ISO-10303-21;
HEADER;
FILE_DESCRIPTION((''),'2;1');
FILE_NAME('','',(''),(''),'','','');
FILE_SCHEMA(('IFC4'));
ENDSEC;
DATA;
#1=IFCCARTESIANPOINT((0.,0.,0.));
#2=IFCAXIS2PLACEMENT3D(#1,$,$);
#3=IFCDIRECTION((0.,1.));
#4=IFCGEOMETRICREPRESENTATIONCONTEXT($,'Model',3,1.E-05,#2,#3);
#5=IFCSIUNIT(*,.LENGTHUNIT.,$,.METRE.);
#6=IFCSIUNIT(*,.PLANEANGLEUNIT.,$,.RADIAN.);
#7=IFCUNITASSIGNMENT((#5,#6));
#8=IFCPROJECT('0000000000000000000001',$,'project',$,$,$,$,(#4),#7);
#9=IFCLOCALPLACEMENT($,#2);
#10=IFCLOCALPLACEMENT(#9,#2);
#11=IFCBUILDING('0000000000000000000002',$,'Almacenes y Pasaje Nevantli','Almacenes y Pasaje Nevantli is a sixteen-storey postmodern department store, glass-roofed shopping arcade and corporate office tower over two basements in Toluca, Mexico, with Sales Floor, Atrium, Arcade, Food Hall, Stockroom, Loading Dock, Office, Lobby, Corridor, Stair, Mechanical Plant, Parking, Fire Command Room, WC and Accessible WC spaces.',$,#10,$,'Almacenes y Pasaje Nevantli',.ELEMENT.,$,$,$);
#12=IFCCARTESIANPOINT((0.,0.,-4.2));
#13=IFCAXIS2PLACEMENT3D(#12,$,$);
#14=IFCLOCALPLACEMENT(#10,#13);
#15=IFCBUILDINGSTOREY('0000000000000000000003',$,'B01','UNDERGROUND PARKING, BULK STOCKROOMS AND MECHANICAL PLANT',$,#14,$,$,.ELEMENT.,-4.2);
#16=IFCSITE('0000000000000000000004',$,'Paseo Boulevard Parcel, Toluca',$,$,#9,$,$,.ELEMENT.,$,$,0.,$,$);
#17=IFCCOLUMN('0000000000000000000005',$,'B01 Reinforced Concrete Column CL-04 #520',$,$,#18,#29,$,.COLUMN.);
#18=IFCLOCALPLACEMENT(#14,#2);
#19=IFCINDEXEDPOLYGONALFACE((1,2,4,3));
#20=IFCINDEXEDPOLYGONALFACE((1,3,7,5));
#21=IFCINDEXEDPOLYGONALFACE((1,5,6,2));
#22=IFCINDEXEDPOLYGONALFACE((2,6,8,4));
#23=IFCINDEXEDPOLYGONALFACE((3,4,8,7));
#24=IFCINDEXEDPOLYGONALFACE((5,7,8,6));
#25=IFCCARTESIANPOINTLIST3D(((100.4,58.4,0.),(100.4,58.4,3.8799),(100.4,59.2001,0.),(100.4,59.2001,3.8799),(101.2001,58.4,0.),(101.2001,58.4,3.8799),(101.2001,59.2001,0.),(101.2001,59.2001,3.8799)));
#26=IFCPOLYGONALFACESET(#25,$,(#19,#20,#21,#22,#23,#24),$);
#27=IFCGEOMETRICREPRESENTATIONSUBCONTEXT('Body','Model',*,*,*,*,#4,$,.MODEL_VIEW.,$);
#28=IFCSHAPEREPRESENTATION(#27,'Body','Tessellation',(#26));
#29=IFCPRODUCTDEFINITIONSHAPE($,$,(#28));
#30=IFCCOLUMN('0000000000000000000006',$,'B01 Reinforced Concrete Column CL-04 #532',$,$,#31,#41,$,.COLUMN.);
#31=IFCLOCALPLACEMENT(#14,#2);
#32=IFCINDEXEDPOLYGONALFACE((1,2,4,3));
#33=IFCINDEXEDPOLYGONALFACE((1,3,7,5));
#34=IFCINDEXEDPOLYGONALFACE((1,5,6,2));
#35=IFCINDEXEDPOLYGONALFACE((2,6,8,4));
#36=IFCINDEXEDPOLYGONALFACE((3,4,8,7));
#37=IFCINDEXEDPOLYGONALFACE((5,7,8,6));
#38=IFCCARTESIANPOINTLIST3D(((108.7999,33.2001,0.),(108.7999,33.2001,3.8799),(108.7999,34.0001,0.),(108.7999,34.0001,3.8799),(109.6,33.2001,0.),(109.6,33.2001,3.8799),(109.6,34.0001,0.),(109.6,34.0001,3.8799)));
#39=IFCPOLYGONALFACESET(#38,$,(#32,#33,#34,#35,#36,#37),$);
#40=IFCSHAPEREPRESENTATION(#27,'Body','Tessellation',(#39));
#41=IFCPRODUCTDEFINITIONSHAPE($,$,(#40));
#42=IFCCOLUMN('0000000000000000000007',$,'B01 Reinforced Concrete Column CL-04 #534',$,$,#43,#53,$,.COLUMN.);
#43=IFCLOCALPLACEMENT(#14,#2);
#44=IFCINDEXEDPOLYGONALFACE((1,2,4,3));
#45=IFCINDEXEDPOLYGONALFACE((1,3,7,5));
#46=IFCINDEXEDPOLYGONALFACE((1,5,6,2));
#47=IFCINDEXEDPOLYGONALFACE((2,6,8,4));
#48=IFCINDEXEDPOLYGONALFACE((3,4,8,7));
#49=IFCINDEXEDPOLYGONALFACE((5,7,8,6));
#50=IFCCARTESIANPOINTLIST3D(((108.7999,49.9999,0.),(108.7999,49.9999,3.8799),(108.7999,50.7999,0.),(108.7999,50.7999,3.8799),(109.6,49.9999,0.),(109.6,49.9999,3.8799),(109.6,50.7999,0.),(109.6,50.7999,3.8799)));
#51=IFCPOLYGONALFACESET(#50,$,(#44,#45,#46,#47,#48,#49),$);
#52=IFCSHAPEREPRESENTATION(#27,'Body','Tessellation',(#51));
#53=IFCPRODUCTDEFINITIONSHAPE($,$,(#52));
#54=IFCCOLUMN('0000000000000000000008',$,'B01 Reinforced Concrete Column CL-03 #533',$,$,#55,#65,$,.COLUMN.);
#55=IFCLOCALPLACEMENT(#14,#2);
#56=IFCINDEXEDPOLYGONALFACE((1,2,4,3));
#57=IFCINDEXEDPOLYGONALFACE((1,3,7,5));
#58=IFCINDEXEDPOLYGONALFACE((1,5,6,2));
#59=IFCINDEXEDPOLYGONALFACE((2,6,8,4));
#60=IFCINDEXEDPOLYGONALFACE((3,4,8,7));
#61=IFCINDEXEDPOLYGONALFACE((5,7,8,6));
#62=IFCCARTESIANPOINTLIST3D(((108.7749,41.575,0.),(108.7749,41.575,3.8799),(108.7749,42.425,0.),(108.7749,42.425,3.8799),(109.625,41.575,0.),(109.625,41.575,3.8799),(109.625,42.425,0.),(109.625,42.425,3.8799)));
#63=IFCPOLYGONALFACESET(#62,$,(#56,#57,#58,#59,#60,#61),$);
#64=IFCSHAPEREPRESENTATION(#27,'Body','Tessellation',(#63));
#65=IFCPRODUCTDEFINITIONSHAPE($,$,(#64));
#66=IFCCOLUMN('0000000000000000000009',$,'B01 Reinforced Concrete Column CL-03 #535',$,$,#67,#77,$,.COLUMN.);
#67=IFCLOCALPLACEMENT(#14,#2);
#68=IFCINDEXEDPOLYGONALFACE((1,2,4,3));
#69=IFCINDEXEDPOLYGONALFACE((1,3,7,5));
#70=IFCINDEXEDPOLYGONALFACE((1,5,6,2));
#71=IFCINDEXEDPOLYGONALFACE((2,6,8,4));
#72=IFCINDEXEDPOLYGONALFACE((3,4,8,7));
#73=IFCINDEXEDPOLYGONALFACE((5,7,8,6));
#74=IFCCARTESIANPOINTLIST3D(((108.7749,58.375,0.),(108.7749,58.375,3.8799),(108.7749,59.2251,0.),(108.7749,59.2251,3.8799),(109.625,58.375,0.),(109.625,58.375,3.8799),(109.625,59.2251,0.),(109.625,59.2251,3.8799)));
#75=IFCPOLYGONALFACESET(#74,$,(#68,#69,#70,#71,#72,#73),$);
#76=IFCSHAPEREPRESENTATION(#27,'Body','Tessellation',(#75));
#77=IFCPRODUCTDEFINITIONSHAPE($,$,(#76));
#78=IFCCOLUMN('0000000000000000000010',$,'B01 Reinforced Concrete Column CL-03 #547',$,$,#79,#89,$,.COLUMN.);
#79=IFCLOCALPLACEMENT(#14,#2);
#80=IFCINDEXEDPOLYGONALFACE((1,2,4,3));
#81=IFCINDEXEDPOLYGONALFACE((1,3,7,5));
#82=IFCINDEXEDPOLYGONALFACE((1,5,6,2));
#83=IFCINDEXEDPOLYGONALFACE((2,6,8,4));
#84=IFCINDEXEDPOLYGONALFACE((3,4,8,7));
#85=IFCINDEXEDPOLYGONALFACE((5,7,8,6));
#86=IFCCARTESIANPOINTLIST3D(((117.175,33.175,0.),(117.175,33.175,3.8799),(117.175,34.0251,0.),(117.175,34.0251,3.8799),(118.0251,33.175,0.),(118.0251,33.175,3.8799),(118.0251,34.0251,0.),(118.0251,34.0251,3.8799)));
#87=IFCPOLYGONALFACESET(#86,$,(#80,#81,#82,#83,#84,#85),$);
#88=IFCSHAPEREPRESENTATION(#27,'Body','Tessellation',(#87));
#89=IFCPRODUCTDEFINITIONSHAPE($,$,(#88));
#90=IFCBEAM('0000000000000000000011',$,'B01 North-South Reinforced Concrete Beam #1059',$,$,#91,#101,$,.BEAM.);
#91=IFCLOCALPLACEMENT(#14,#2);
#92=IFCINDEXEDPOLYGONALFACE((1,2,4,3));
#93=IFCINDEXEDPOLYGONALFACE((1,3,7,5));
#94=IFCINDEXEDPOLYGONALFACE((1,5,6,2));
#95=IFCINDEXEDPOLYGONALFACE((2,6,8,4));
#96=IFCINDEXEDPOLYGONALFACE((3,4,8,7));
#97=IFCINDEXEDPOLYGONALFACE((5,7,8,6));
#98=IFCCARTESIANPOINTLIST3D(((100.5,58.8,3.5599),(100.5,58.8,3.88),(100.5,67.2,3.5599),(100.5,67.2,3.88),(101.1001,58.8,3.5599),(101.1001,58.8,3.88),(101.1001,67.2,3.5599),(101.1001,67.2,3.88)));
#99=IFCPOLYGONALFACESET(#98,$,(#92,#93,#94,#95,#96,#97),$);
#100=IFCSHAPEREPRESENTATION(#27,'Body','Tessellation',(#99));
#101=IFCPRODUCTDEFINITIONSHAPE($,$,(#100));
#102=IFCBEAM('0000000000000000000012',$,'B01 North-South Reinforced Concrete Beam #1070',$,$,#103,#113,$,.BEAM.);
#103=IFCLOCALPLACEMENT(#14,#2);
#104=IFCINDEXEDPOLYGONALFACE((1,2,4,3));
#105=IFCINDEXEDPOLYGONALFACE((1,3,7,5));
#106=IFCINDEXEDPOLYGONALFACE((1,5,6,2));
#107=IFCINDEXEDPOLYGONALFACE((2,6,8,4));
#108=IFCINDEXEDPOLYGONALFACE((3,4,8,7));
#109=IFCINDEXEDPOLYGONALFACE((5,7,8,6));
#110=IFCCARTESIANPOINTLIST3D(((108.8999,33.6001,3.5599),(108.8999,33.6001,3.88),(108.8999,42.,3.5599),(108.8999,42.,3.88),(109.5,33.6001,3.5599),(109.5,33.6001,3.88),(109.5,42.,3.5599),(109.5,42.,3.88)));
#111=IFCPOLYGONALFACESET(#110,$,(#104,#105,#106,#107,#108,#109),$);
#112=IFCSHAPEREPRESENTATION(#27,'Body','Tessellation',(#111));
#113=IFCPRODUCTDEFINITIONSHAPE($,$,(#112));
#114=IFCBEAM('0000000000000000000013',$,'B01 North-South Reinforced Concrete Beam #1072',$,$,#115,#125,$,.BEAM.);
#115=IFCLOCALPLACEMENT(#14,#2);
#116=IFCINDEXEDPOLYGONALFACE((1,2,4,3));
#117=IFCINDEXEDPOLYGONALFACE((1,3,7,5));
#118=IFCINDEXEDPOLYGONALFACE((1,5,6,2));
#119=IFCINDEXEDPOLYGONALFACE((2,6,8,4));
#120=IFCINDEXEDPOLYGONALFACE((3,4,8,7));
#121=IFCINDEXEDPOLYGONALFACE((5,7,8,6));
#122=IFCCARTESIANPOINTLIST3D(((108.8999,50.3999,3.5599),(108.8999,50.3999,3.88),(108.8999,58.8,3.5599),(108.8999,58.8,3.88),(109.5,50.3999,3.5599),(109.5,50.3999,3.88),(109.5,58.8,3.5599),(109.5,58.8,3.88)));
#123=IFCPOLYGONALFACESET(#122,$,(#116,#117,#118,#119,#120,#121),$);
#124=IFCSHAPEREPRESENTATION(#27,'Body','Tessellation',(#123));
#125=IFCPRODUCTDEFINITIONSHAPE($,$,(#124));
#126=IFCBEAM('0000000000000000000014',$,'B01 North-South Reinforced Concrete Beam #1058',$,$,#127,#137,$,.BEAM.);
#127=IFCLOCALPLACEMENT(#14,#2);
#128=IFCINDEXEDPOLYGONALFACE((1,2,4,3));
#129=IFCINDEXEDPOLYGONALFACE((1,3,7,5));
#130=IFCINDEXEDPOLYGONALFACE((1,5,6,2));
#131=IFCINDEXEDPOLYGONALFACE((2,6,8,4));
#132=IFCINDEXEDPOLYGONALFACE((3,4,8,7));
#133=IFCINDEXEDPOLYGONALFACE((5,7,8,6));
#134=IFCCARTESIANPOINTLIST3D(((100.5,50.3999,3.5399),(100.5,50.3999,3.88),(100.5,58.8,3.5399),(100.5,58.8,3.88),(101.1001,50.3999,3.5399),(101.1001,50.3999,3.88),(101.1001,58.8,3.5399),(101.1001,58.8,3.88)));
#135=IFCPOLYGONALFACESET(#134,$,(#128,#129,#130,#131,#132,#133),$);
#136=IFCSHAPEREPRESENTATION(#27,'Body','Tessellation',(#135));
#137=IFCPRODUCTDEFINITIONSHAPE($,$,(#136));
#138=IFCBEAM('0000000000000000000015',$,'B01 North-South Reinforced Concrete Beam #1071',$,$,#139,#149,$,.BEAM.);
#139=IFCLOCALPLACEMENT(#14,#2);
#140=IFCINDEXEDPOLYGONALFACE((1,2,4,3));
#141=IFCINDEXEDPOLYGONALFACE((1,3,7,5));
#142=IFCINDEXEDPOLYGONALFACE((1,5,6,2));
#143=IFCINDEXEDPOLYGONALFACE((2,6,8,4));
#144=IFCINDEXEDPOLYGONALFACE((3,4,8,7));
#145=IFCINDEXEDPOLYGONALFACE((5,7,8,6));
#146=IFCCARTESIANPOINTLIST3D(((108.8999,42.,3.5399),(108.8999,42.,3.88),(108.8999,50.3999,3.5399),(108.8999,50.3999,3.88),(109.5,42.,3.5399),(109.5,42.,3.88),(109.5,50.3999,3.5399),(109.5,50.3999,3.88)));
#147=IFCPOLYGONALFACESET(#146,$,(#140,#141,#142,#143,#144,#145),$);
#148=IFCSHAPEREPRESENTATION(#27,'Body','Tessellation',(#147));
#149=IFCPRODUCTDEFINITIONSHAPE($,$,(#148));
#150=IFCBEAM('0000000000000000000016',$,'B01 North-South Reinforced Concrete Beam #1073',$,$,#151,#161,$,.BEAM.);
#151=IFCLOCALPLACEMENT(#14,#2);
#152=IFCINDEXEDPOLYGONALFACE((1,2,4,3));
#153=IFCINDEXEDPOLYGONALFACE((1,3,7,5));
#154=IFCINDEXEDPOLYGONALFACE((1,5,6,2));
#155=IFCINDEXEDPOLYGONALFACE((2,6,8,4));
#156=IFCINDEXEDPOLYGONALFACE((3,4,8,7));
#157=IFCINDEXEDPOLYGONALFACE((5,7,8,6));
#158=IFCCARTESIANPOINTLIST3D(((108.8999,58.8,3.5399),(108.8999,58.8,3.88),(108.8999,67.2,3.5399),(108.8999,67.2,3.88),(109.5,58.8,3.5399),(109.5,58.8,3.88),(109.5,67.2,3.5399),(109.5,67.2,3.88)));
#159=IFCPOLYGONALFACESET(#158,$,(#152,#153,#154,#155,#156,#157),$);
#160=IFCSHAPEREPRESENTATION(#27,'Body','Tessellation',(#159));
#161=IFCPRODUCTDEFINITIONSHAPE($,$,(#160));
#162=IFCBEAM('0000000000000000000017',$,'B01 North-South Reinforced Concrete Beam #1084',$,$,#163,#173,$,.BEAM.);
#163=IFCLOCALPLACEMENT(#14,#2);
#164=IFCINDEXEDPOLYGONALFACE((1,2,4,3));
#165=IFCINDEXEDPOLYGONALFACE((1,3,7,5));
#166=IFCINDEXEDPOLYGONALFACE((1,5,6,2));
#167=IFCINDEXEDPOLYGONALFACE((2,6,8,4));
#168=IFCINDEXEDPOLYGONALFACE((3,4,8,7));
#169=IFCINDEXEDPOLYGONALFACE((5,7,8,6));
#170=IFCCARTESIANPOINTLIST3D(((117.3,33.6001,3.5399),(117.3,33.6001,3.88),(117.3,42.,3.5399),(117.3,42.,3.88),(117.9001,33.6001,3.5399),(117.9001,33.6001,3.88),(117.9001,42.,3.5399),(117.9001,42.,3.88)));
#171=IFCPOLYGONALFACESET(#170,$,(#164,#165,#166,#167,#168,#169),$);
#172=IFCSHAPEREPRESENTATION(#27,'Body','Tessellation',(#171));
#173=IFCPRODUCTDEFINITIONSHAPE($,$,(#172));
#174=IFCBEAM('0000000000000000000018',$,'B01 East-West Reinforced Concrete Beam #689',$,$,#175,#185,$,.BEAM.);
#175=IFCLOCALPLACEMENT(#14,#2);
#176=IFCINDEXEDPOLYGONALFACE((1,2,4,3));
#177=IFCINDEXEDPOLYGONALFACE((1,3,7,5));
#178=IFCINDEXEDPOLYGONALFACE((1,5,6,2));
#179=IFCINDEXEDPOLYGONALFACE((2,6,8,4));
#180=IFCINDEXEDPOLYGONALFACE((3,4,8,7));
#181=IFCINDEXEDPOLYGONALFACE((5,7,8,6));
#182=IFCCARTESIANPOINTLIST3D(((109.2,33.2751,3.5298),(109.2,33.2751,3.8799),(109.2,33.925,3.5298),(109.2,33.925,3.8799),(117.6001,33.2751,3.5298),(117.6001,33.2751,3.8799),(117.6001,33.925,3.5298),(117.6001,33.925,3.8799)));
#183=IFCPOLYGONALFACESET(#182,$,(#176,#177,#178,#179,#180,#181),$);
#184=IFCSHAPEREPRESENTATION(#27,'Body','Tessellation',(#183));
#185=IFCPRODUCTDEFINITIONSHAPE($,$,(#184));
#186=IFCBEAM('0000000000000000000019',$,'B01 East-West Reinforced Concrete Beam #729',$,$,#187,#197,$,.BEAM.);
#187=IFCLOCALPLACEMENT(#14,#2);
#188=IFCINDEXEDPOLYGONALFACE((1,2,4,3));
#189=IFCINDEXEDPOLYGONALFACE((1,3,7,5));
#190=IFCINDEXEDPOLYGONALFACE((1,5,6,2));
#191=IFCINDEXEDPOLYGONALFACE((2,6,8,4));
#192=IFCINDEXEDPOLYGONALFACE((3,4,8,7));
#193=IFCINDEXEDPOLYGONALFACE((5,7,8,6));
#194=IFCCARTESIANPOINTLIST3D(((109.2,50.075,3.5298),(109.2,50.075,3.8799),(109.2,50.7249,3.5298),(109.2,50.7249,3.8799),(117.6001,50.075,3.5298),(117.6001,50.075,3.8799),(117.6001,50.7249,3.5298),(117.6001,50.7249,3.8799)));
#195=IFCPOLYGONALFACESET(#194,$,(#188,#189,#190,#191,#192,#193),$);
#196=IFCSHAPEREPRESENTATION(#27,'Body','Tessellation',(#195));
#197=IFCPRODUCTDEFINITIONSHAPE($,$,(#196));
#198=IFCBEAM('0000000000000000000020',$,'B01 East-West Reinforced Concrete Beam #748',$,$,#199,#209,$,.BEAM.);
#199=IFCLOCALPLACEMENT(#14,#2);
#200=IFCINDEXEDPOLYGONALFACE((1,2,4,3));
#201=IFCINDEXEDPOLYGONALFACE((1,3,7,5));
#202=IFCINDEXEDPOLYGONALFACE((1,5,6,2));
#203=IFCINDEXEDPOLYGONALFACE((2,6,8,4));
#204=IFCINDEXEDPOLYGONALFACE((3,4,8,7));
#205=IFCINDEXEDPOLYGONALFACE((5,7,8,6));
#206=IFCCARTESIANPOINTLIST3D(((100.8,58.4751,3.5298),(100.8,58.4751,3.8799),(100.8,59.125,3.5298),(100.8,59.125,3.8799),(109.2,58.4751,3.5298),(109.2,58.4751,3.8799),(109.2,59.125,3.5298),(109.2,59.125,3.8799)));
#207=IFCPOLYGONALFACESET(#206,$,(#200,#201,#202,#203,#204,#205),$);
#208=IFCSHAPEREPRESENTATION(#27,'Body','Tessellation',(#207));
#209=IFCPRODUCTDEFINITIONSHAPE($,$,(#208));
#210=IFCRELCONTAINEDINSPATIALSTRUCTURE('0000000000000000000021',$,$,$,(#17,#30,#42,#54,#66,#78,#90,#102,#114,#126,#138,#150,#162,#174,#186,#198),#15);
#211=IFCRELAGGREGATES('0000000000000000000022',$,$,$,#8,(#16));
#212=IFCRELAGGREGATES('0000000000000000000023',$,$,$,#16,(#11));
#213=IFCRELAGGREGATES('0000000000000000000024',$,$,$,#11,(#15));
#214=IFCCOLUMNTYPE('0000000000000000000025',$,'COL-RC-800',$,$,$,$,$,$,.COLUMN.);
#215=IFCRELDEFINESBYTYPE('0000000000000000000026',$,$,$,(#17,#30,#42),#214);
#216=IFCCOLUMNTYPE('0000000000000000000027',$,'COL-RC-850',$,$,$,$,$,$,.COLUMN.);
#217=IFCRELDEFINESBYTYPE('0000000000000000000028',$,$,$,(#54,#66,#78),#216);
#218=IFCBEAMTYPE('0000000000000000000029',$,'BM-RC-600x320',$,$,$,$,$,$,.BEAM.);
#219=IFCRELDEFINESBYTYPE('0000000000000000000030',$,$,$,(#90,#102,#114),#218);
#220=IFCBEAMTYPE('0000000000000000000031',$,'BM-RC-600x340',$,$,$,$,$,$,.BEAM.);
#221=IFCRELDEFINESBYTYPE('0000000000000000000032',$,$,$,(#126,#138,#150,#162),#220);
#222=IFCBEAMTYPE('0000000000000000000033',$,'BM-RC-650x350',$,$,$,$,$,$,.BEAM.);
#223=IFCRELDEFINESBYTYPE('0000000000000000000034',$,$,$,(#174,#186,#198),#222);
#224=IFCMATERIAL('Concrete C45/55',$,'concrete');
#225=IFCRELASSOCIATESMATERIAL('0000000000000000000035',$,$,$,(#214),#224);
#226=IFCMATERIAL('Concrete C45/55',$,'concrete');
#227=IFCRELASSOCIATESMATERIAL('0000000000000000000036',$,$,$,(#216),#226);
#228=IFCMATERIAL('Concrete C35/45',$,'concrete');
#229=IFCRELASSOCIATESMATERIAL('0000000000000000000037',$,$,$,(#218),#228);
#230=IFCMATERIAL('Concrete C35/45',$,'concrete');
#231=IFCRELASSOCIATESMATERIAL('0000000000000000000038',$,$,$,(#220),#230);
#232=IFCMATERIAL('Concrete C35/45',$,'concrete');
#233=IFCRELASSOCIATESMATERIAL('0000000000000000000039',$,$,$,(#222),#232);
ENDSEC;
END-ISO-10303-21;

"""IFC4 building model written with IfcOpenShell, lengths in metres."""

from ifc_helpers import new_model, si_unit, direction, frame, origin, origin_2d, place, context, subcontext, project, spatial, rectangle, extrude, material, material_profile, profile_set, type_object, element, save


model = new_model("IFC4")

# Units and contexts
model_context = context("Model", 3, precision=1e-05, world=origin(), true_north=direction((0.0, 1.0)))
body_context = subcontext(model_context, "Body", "Model", "MODEL_VIEW")
ifc_project = project(units=[si_unit("LENGTHUNIT", "METRE"), si_unit("PLANEANGLEUNIT", "RADIAN")], contexts=[model_context])

# Site, building, storey
site_placement = place(None, origin())
site = spatial("IfcSite", under=ifc_project, at=site_placement, Name="Paseo Boulevard Parcel, Toluca", CompositionType="ELEMENT", RefElevation=0.0)
building_placement = place(site_placement, origin())
building = spatial("IfcBuilding", under=site, at=building_placement, Name="Almacenes y Pasaje Nevantli", Description="Almacenes y Pasaje Nevantli is a sixteen-storey postmodern department store, glass-roofed shopping arcade and corporate office tower over two basements in Toluca, Mexico, with Sales Floor, Atrium, Arcade, Food Hall, Stockroom, Loading Dock, Office, Lobby, Corridor, Stair, Mechanical Plant, Parking, Fire Command Room, WC and Accessible WC spaces.", LongName="Almacenes y Pasaje Nevantli", CompositionType="ELEMENT")
storey_placement = place(building_placement, frame((0.0, 0.0, -4.2)))
storey = spatial("IfcBuildingStorey", under=building, at=storey_placement, Name="B01", Description="UNDERGROUND PARKING, BULK STOCKROOMS AND MECHANICAL PLANT", CompositionType="ELEMENT", Elevation=-4.2)

# Columns
ifc_material_1 = material(Name="Concrete C45/55", Category="concrete")
ifc_material_profile_1 = material_profile(ifc_material_1, rectangle(XDim=0.8, YDim=0.8, at=origin_2d()), Name="RC-COL-800x800")
ifc_profile_set_1 = profile_set([ifc_material_profile_1], Name="Concrete C45/55")
column_type_1 = type_object("IfcColumnType", Name="COL-RC-800", PredefinedType="COLUMN", material=ifc_profile_set_1)
for number, where, z_axis, x_axis, name in (
    (1, (100.8, 58.8, 0.0), (0.0, 0.0, 1.0), (1.0, 0.0, 0.0), "B01 Reinforced Concrete Column CL-04 #520"),
    (2, (109.2, 33.6001, 0.0), (0.0, 0.0, 1.0), (1.0, 0.0, 0.0), "B01 Reinforced Concrete Column CL-04 #532"),
    (3, (109.2, 50.3999, 0.0), (0.0, 0.0, 1.0), (1.0, 0.0, 0.0), "B01 Reinforced Concrete Column CL-04 #534"),
):
    element("IfcColumn", number, at=place(storey_placement, frame(where, z_axis=z_axis, x_axis=x_axis)), inside=storey, type_object=column_type_1, Name=name, PredefinedType="COLUMN", context=body_context, shape_type="SweptSolid", body=[
        extrude(rectangle(XDim=0.8, YDim=0.8, at=origin_2d()), origin(), (0.0, 0.0, 1.0), 3.8799),
    ])
ifc_material_2 = material(Name="Concrete C45/55", Category="concrete")
ifc_material_profile_2 = material_profile(ifc_material_2, rectangle(XDim=0.8501, YDim=0.8501, at=origin_2d()), Name="RC-COL-850x850")
ifc_profile_set_2 = profile_set([ifc_material_profile_2], Name="Concrete C45/55")
column_type_2 = type_object("IfcColumnType", Name="COL-RC-850", PredefinedType="COLUMN", material=ifc_profile_set_2)
for number, where, z_axis, x_axis, name in (
    (4, (109.2, 42.0, 0.0), (0.0, 0.0, 1.0), (1.0, 0.0, 0.0), "B01 Reinforced Concrete Column CL-03 #533"),
    (5, (109.2, 58.8, 0.0), (0.0, 0.0, 1.0), (1.0, 0.0, 0.0), "B01 Reinforced Concrete Column CL-03 #535"),
    (6, (117.6001, 33.6001, 0.0), (0.0, 0.0, 1.0), (1.0, 0.0, 0.0), "B01 Reinforced Concrete Column CL-03 #547"),
):
    element("IfcColumn", number, at=place(storey_placement, frame(where, z_axis=z_axis, x_axis=x_axis)), inside=storey, type_object=column_type_2, Name=name, PredefinedType="COLUMN", context=body_context, shape_type="SweptSolid", body=[
        extrude(rectangle(XDim=0.8501, YDim=0.8501, at=origin_2d()), origin(), (0.0, 0.0, 1.0), 3.8799),
    ])

# Beams
ifc_material_3 = material(Name="Concrete C35/45", Category="concrete")
ifc_material_profile_3 = material_profile(ifc_material_3, rectangle(XDim=0.6001, YDim=0.3201, at=origin_2d()), Name="RC-BM-600x320")
ifc_profile_set_3 = profile_set([ifc_material_profile_3], Name="Concrete C35/45")
beam_type_1 = type_object("IfcBeamType", Name="BM-RC-600x320", PredefinedType="BEAM", material=ifc_profile_set_3)
for number, where, z_axis, x_axis, name in (
    (7, (100.8, 58.8, 3.72), (0.0, 1.0, 0.0), (-1.0, 0.0, 0.0), "B01 North-South Reinforced Concrete Beam #1059"),
    (8, (109.2, 33.6001, 3.72), (0.0, 1.0, 0.0), (-1.0, 0.0, 0.0), "B01 North-South Reinforced Concrete Beam #1070"),
):
    element("IfcBeam", number, at=place(storey_placement, frame(where, z_axis=z_axis, x_axis=x_axis)), inside=storey, type_object=beam_type_1, Name=name, PredefinedType="BEAM", context=body_context, shape_type="SweptSolid", body=[
        extrude(rectangle(XDim=0.6001, YDim=0.3201, at=origin_2d()), origin(), (0.0, 0.0, 1.0), 8.3999),
    ])
beam_1_placement = place(storey_placement, frame((109.2, 50.3999, 3.72), z_axis=(0.0, 1.0, 0.0), x_axis=(-1.0, 0.0, 0.0)))
element("IfcBeam", 9, at=beam_1_placement, inside=storey, type_object=beam_type_1, Name="B01 North-South Reinforced Concrete Beam #1072", PredefinedType="BEAM", context=body_context, shape_type="SweptSolid", body=[
    extrude(rectangle(XDim=0.6001, YDim=0.3201, at=origin_2d()), origin(), (0.0, 0.0, 1.0), 8.4001),
])
ifc_material_4 = material(Name="Concrete C35/45", Category="concrete")
ifc_material_profile_4 = material_profile(ifc_material_4, rectangle(XDim=0.6001, YDim=0.3401, at=origin_2d()), Name="RC-BM-600x340")
ifc_profile_set_4 = profile_set([ifc_material_profile_4], Name="Concrete C35/45")
beam_type_2 = type_object("IfcBeamType", Name="BM-RC-600x340", PredefinedType="BEAM", material=ifc_profile_set_4)
beam_2_placement = place(storey_placement, frame((100.8, 50.3999, 3.71), z_axis=(0.0, 1.0, 0.0), x_axis=(-1.0, 0.0, 0.0)))
element("IfcBeam", 10, at=beam_2_placement, inside=storey, type_object=beam_type_2, Name="B01 North-South Reinforced Concrete Beam #1058", PredefinedType="BEAM", context=body_context, shape_type="SweptSolid", body=[
    extrude(rectangle(XDim=0.6001, YDim=0.3401, at=origin_2d()), origin(), (0.0, 0.0, 1.0), 8.4001),
])
for number, where, z_axis, x_axis, name in (
    (11, (109.2, 42.0, 3.71), (0.0, 1.0, 0.0), (-1.0, 0.0, 0.0), "B01 North-South Reinforced Concrete Beam #1071"),
    (12, (109.2, 58.8, 3.71), (0.0, 1.0, 0.0), (-1.0, 0.0, 0.0), "B01 North-South Reinforced Concrete Beam #1073"),
    (13, (117.6001, 33.6001, 3.71), (0.0, 1.0, 0.0), (-1.0, 0.0, 0.0), "B01 North-South Reinforced Concrete Beam #1084"),
):
    element("IfcBeam", number, at=place(storey_placement, frame(where, z_axis=z_axis, x_axis=x_axis)), inside=storey, type_object=beam_type_2, Name=name, PredefinedType="BEAM", context=body_context, shape_type="SweptSolid", body=[
        extrude(rectangle(XDim=0.6001, YDim=0.3401, at=origin_2d()), origin(), (0.0, 0.0, 1.0), 8.3999),
    ])
ifc_material_5 = material(Name="Concrete C35/45", Category="concrete")
ifc_material_profile_5 = material_profile(ifc_material_5, rectangle(XDim=0.6499, YDim=0.3501, at=origin_2d()), Name="RC-BM-650x350")
ifc_profile_set_5 = profile_set([ifc_material_profile_5], Name="Concrete C35/45")
beam_type_3 = type_object("IfcBeamType", Name="BM-RC-650x350", PredefinedType="BEAM", material=ifc_profile_set_5)
for number, where, z_axis, x_axis, name in (
    (14, (109.2, 33.6001, 3.7048), (1.0, 0.0, 0.0), (0.0, 1.0, 0.0), "B01 East-West Reinforced Concrete Beam #689"),
    (15, (109.2, 50.3999, 3.7048), (1.0, 0.0, 0.0), (0.0, 1.0, 0.0), "B01 East-West Reinforced Concrete Beam #729"),
):
    element("IfcBeam", number, at=place(storey_placement, frame(where, z_axis=z_axis, x_axis=x_axis)), inside=storey, type_object=beam_type_3, Name=name, PredefinedType="BEAM", context=body_context, shape_type="SweptSolid", body=[
        extrude(rectangle(XDim=0.6499, YDim=0.3501, at=origin_2d()), origin(), (0.0, 0.0, 1.0), 8.4001),
    ])
beam_3_placement = place(storey_placement, frame((100.8, 58.8, 3.7048), z_axis=(1.0, 0.0, 0.0), x_axis=(0.0, 1.0, 0.0)))
element("IfcBeam", 16, at=beam_3_placement, inside=storey, type_object=beam_type_3, Name="B01 East-West Reinforced Concrete Beam #748", PredefinedType="BEAM", context=body_context, shape_type="SweptSolid", body=[
    extrude(rectangle(XDim=0.6499, YDim=0.3501, at=origin_2d()), origin(), (0.0, 0.0, 1.0), 8.3999),
])

save(model, "model.ifc")
